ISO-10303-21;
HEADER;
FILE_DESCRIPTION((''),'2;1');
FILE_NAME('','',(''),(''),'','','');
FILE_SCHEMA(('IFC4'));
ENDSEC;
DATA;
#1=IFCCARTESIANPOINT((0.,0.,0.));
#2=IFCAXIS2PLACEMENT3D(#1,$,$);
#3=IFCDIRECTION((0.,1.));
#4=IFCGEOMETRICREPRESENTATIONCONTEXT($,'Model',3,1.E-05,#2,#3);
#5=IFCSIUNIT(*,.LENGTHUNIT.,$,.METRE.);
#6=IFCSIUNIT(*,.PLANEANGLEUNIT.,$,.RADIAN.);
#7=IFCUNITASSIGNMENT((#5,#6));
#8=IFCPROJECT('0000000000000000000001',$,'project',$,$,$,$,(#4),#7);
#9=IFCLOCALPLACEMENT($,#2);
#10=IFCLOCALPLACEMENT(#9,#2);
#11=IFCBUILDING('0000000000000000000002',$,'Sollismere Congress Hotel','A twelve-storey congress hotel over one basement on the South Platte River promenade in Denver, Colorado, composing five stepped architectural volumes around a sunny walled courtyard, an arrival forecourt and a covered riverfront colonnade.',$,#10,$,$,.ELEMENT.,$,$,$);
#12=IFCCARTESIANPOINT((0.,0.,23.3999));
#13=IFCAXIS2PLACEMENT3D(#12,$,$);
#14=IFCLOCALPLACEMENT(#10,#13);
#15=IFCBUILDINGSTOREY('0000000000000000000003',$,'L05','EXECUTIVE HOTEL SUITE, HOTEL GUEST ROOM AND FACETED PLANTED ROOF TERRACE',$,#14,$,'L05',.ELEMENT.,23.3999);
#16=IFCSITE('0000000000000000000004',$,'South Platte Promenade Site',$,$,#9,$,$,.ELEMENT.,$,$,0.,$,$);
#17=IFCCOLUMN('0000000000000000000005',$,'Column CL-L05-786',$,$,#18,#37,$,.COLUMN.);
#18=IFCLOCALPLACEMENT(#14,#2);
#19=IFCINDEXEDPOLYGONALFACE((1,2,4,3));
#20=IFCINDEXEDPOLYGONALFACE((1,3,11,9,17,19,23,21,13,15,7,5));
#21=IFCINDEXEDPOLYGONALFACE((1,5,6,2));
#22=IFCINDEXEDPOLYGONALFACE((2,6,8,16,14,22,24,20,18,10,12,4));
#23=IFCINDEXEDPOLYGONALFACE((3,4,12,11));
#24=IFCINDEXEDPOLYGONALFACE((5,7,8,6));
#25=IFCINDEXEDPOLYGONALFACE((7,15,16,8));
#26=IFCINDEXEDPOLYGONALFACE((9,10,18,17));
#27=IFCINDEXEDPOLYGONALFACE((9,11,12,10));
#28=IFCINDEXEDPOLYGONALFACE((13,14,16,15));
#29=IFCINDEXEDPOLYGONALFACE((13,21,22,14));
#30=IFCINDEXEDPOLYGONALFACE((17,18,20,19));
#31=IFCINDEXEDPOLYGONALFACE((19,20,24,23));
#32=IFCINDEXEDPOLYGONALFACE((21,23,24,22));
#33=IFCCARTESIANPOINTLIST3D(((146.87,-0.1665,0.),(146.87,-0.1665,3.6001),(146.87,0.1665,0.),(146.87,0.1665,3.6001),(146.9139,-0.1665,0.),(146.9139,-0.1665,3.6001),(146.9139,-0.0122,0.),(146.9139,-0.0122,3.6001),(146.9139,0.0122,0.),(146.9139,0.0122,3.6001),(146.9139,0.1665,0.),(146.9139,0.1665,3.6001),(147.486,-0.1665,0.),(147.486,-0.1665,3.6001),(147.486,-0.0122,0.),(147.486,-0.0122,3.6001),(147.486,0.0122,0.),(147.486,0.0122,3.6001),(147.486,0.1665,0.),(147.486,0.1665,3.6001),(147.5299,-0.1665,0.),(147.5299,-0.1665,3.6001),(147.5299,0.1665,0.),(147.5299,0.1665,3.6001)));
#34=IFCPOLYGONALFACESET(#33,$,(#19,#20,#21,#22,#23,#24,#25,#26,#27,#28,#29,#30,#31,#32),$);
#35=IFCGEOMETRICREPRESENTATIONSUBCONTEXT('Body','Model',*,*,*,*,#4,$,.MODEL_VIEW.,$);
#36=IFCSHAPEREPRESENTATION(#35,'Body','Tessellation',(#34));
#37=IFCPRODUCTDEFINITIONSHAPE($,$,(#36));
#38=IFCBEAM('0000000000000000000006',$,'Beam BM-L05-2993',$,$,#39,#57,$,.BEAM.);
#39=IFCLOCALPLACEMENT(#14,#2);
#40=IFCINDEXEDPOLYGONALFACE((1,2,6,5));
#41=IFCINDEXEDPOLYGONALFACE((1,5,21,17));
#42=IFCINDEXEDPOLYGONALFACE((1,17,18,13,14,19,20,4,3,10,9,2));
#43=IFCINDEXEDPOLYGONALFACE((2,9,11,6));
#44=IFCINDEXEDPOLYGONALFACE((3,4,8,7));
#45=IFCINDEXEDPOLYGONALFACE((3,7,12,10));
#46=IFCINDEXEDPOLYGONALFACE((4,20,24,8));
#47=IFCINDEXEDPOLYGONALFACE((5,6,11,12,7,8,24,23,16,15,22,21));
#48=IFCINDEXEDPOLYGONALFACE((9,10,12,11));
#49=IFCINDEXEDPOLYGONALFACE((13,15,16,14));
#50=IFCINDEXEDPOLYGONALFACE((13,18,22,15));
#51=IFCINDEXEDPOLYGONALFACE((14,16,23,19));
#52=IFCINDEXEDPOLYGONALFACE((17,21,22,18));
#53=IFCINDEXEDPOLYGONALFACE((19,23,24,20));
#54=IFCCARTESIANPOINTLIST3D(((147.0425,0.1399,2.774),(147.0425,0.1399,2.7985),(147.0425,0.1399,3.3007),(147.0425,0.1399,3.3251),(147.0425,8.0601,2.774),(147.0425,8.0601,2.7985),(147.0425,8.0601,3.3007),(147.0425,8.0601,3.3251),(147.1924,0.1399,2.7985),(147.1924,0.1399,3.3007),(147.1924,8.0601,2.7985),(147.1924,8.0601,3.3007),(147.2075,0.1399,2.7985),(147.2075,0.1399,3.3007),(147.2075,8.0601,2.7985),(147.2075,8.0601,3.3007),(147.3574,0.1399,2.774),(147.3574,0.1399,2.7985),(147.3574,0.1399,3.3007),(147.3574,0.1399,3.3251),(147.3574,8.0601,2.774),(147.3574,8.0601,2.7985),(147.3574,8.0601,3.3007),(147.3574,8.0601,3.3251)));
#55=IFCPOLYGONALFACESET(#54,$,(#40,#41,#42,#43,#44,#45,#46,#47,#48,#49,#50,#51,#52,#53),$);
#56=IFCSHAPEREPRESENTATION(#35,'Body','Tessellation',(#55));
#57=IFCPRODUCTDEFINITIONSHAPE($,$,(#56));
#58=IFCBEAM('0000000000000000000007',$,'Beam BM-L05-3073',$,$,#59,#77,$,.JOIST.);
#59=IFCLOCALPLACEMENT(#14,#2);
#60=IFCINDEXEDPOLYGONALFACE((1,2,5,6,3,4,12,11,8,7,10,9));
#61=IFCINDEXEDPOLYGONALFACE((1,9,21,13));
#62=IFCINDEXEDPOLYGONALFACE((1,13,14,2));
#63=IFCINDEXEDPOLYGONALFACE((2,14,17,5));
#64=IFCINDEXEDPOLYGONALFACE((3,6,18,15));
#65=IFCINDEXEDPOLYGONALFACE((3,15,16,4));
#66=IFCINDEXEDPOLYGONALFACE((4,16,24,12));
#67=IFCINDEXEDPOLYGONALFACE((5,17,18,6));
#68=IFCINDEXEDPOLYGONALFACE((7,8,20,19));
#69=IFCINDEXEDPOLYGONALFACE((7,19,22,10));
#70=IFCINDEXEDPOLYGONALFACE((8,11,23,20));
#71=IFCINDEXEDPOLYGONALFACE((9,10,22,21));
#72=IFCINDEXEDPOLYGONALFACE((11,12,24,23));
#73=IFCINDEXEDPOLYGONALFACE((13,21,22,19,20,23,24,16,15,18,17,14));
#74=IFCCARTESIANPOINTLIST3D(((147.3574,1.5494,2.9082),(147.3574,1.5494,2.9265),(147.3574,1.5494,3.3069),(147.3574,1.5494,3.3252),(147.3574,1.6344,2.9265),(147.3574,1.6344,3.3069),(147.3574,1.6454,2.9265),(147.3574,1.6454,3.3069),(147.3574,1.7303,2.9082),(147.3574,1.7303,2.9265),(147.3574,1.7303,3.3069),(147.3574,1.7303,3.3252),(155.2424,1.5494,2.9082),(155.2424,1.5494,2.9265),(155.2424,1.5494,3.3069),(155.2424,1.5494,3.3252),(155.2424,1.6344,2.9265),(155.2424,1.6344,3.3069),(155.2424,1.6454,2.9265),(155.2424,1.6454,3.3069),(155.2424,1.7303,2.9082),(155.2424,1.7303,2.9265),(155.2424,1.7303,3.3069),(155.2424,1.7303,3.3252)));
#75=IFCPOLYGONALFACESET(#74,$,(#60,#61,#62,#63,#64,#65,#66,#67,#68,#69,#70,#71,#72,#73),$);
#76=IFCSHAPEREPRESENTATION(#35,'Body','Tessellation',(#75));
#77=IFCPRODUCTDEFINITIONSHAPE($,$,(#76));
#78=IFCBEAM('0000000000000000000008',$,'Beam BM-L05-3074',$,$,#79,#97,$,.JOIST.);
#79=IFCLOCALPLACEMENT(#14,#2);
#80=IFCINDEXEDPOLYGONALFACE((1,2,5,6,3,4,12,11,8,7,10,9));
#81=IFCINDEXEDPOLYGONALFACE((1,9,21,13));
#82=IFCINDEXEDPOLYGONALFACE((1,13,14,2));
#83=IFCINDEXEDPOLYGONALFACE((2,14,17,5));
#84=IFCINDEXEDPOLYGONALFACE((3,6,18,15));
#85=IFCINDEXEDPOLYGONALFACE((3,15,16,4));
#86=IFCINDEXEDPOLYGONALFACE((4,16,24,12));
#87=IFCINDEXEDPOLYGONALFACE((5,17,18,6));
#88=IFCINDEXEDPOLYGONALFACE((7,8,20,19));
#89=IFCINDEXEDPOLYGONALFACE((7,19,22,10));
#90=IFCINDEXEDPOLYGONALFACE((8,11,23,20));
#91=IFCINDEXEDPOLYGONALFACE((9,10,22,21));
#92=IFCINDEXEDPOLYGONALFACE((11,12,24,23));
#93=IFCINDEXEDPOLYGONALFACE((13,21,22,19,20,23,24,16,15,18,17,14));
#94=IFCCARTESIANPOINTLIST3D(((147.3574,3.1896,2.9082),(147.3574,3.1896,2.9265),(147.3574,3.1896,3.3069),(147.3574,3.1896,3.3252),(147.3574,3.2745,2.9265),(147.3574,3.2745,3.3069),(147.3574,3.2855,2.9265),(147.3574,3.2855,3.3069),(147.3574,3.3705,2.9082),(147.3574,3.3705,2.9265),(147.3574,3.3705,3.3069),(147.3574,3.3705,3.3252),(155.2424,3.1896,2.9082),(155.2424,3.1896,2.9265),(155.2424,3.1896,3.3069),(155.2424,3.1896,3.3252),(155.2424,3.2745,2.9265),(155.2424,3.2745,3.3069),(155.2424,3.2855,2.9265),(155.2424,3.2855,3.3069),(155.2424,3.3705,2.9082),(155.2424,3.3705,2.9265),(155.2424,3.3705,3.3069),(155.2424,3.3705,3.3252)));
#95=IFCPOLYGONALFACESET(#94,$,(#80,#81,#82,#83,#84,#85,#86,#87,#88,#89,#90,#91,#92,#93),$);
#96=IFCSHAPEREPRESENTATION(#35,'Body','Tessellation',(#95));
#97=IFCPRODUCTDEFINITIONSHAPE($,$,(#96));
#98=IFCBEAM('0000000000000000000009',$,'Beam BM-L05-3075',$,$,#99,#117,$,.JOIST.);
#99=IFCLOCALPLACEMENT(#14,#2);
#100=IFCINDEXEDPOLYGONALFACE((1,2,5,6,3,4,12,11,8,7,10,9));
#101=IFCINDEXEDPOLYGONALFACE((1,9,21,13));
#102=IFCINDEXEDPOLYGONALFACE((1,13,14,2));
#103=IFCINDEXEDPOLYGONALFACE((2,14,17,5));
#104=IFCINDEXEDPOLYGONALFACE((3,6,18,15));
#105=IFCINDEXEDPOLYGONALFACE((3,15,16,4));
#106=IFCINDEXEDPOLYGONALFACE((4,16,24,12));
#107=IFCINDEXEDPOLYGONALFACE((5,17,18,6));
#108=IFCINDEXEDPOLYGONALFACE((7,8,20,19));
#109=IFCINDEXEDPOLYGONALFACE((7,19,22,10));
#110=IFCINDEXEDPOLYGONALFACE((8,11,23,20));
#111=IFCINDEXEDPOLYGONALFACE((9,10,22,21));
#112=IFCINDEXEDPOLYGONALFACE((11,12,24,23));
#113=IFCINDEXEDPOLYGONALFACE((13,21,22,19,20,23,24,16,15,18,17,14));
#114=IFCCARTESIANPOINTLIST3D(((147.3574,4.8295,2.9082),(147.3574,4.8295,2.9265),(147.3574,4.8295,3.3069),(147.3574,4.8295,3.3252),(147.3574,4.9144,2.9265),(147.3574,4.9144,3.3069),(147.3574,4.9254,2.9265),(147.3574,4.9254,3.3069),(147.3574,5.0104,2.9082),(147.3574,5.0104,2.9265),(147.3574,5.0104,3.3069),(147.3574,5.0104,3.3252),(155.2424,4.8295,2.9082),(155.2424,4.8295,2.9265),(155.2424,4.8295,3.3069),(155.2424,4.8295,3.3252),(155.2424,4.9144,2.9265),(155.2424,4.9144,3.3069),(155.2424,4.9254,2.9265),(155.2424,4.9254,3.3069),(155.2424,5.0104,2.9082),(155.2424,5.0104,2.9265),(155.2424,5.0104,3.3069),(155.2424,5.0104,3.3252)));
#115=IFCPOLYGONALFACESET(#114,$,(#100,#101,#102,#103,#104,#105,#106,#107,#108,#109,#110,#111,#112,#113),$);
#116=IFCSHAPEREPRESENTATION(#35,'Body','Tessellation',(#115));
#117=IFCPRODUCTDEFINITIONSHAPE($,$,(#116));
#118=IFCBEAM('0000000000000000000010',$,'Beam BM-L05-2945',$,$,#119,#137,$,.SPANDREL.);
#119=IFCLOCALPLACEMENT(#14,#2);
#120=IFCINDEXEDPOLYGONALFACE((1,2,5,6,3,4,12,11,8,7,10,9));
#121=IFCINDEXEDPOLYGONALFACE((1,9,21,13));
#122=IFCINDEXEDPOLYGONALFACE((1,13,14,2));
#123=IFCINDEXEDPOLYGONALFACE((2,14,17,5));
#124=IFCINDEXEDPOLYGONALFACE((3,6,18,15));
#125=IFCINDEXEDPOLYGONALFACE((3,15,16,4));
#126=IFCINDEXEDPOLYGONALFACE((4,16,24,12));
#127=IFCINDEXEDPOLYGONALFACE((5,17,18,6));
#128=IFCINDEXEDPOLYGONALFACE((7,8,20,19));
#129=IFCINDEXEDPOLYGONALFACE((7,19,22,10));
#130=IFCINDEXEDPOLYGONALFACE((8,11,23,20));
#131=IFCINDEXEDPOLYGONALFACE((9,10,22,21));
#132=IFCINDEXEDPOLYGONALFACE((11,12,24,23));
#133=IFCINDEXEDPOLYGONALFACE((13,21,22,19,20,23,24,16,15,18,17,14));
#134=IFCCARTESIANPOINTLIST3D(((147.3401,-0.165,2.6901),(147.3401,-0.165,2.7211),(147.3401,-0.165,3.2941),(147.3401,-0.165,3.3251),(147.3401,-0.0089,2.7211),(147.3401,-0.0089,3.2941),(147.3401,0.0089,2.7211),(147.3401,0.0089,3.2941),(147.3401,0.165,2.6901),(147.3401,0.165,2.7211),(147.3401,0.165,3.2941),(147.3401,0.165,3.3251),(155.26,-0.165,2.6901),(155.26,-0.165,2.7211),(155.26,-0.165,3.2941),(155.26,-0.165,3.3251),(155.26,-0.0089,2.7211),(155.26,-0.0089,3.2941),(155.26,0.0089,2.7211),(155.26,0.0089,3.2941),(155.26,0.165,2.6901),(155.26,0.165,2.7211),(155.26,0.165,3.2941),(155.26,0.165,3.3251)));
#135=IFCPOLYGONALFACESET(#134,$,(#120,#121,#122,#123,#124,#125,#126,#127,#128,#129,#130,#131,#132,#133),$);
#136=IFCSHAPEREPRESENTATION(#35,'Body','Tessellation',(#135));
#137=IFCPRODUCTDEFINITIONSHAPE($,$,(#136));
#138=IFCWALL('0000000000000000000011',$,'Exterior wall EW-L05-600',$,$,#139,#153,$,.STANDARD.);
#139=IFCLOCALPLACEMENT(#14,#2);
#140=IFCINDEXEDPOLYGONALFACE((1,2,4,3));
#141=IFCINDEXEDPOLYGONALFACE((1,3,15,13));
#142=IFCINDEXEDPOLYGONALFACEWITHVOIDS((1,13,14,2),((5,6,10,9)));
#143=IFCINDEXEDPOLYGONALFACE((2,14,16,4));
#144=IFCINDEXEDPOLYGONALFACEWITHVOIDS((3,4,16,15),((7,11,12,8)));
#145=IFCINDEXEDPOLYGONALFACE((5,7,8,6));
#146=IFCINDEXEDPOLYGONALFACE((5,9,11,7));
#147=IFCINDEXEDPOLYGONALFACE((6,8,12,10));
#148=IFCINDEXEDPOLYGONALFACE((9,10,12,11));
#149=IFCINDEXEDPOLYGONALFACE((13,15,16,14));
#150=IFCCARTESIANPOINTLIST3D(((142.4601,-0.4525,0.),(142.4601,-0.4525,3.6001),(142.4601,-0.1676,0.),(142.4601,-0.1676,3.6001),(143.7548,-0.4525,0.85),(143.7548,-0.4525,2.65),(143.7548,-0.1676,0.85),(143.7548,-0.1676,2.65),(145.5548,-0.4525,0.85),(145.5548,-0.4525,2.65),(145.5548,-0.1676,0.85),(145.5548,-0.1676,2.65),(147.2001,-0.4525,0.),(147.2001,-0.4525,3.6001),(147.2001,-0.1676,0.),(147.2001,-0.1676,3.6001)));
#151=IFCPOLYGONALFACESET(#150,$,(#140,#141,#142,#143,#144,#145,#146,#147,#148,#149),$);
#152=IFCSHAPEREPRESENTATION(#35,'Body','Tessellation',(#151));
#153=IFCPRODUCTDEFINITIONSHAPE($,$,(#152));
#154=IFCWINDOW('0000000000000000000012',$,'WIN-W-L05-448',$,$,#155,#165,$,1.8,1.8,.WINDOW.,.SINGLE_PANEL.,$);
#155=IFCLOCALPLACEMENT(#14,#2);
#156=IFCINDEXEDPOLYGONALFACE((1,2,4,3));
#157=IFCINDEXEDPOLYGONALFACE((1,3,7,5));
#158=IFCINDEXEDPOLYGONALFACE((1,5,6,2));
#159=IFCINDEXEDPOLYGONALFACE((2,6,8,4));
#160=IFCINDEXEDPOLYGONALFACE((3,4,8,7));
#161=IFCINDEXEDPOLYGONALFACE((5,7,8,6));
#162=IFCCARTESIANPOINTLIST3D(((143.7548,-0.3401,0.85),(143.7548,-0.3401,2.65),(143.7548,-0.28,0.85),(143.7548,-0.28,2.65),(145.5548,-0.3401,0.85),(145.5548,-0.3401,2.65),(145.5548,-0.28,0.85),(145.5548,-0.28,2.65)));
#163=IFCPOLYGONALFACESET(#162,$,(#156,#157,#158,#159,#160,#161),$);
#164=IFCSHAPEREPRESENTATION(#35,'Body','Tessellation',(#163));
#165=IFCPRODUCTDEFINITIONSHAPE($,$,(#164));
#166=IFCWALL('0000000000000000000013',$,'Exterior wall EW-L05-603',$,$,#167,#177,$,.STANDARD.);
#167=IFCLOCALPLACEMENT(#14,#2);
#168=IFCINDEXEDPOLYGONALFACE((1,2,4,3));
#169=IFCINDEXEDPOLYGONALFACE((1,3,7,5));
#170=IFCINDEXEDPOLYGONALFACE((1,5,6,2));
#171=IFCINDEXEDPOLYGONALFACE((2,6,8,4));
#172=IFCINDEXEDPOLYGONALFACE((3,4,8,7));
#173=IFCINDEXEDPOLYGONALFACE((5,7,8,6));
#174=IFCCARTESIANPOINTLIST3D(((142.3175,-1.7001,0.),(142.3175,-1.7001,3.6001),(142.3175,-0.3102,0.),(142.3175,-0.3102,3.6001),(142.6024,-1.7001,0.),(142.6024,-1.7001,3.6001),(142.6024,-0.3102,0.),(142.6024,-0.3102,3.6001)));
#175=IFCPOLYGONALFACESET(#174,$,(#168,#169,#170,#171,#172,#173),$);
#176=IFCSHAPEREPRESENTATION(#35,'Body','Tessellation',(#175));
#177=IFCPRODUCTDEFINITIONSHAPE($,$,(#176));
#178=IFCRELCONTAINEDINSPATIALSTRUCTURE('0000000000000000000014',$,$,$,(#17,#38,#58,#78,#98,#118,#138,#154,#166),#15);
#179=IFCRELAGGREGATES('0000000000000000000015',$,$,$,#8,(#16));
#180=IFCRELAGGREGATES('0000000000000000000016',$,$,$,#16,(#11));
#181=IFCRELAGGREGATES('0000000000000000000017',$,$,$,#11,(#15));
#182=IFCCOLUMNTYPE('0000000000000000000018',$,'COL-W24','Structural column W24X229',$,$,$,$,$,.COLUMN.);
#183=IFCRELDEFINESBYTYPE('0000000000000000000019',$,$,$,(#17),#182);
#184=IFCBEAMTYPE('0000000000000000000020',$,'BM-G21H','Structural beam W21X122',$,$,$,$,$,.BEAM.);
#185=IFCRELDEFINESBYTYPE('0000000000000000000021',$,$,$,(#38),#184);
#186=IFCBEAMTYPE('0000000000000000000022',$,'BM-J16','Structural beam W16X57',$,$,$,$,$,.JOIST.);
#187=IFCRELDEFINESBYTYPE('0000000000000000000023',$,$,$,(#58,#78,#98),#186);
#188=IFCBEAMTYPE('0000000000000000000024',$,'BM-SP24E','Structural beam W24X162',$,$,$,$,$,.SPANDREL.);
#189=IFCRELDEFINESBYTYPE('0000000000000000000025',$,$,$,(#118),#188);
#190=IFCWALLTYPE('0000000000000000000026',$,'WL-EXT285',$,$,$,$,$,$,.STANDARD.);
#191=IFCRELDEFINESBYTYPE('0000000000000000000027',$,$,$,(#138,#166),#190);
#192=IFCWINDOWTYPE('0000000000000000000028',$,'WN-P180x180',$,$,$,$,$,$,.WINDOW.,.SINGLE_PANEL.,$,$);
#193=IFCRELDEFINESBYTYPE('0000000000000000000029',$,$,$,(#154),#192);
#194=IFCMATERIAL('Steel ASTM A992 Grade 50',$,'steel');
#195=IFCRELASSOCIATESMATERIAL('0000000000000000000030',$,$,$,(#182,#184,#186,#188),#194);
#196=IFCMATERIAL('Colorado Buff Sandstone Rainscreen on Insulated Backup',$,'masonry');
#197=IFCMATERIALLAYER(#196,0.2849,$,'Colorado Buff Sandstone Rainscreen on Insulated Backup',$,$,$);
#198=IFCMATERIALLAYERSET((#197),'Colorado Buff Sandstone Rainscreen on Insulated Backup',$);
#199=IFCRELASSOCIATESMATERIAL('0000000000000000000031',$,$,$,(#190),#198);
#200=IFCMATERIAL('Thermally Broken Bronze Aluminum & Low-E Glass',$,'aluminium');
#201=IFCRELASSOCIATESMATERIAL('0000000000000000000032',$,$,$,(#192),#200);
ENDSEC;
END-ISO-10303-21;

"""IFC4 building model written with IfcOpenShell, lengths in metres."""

from ifc_helpers import new_model, si_unit, direction, frame, frame_2d, origin, origin_2d, place, context, subcontext, project, spatial, rectangle, i_section, extrude, material, layer, layer_set, material_profile, profile_set, type_object, element, fill, save


model = new_model("IFC4")

# Units and contexts
model_context = context("Model", 3, precision=1e-05, world=origin(), true_north=direction((0.0, 1.0)))
body_context = subcontext(model_context, "Body", "Model", "MODEL_VIEW")
ifc_project = project(units=[si_unit("LENGTHUNIT", "METRE"), si_unit("PLANEANGLEUNIT", "RADIAN")], contexts=[model_context])

# Site, building, storey
site_placement = place(None, origin())
site = spatial("IfcSite", under=ifc_project, at=site_placement, Name="South Platte Promenade Site", CompositionType="ELEMENT", RefElevation=0.0)
building_placement = place(site_placement, origin())
building = spatial("IfcBuilding", under=site, at=building_placement, Name="Sollismere Congress Hotel", Description="A twelve-storey congress hotel over one basement on the South Platte River promenade in Denver, Colorado, composing five stepped architectural volumes around a sunny walled courtyard, an arrival forecourt and a covered riverfront colonnade.", CompositionType="ELEMENT")
storey_placement = place(building_placement, frame((0.0, 0.0, 23.3999)))
storey = spatial("IfcBuildingStorey", under=building, at=storey_placement, Name="L05", Description="EXECUTIVE HOTEL SUITE, HOTEL GUEST ROOM AND FACETED PLANTED ROOF TERRACE", LongName="L05", CompositionType="ELEMENT", Elevation=23.3999)

# Column
ifc_material_1 = material(Name="Steel ASTM A992 Grade 50", Category="steel")
ifc_material_profile_1 = material_profile(ifc_material_1, i_section(OverallWidth=0.333, OverallDepth=0.6599, WebThickness=0.0244, FlangeThickness=0.0439, at=origin_2d()), Name="W24X229")
ifc_profile_set_1 = profile_set([ifc_material_profile_1], Name="Steel ASTM A992 Grade 50")
column_type = type_object("IfcColumnType", Name="COL-W24", Description="Structural column W24X229", PredefinedType="COLUMN", material=ifc_profile_set_1)
column_placement = place(storey_placement, frame((147.2, 0.0, 0.0), z_axis=(0.0, 0.0, 1.0), x_axis=(0.0, 1.0, 0.0)))
element("IfcColumn", 1, at=column_placement, inside=storey, type_object=column_type, Name="Column CL-L05-786", PredefinedType="COLUMN", context=body_context, shape_type="SweptSolid", body=[
    extrude(i_section(OverallWidth=0.333, OverallDepth=0.6599, WebThickness=0.0244, FlangeThickness=0.0439, at=origin_2d()), origin(), (0.0, 0.0, 1.0), 3.6001),
])

# Beams
ifc_material_profile_2 = material_profile(ifc_material_1, i_section(OverallWidth=0.3149, OverallDepth=0.551, WebThickness=0.0151, FlangeThickness=0.0244, at=origin_2d()), Name="W21X122")
ifc_profile_set_2 = profile_set([ifc_material_profile_2], Name="Steel ASTM A992 Grade 50")
beam_type_1 = type_object("IfcBeamType", Name="BM-G21H", Description="Structural beam W21X122", PredefinedType="BEAM", material=ifc_profile_set_2)
beam_1_placement = place(storey_placement, frame((147.2, 0.1399, 3.0496), z_axis=(0.0, 1.0, 0.0), x_axis=(-1.0, 0.0, 0.0)))
element("IfcBeam", 2, at=beam_1_placement, inside=storey, type_object=beam_type_1, Name="Beam BM-L05-2993", PredefinedType="BEAM", context=body_context, shape_type="SweptSolid", body=[
    extrude(i_section(OverallWidth=0.3149, OverallDepth=0.551, WebThickness=0.0151, FlangeThickness=0.0244, at=origin_2d()), origin(), (0.0, 0.0, 1.0), 7.9202),
])
ifc_material_profile_3 = material_profile(ifc_material_1, i_section(OverallWidth=0.1809, OverallDepth=0.417, WebThickness=0.011, FlangeThickness=0.0183, at=origin_2d()), Name="W16X57")
ifc_profile_set_3 = profile_set([ifc_material_profile_3], Name="Steel ASTM A992 Grade 50")
beam_type_2 = type_object("IfcBeamType", Name="BM-J16", Description="Structural beam W16X57", PredefinedType="JOIST", material=ifc_profile_set_3)
for number, where, z_axis, x_axis, name in (
    (3, (147.3574, 1.6399, 3.1167), (1.0, 0.0, 0.0), (0.0, 1.0, 0.0), "Beam BM-L05-3073"),
    (4, (147.3574, 3.28, 3.1167), (1.0, 0.0, 0.0), (0.0, 1.0, 0.0), "Beam BM-L05-3074"),
    (5, (147.3574, 4.9199, 3.1167), (1.0, 0.0, 0.0), (0.0, 1.0, 0.0), "Beam BM-L05-3075"),
):
    element("IfcBeam", number, at=place(storey_placement, frame(where, z_axis=z_axis, x_axis=x_axis)), inside=storey, type_object=beam_type_2, Name=name, PredefinedType="JOIST", context=body_context, shape_type="SweptSolid", body=[
        extrude(i_section(OverallWidth=0.1809, OverallDepth=0.417, WebThickness=0.011, FlangeThickness=0.0183, at=origin_2d()), origin(), (0.0, 0.0, 1.0), 7.885),
    ])
ifc_material_profile_4 = material_profile(ifc_material_1, i_section(OverallWidth=0.3301, OverallDepth=0.635, WebThickness=0.0178, FlangeThickness=0.031, at=origin_2d()), Name="W24X162")
ifc_profile_set_4 = profile_set([ifc_material_profile_4], Name="Steel ASTM A992 Grade 50")
beam_type_3 = type_object("IfcBeamType", Name="BM-SP24E", Description="Structural beam W24X162", PredefinedType="SPANDREL", material=ifc_profile_set_4)
beam_2_placement = place(storey_placement, frame((147.3401, 0.0, 3.0076), z_axis=(1.0, 0.0, 0.0), x_axis=(0.0, 1.0, 0.0)))
element("IfcBeam", 6, at=beam_2_placement, inside=storey, type_object=beam_type_3, Name="Beam BM-L05-2945", PredefinedType="SPANDREL", context=body_context, shape_type="SweptSolid", body=[
    extrude(i_section(OverallWidth=0.3301, OverallDepth=0.635, WebThickness=0.0178, FlangeThickness=0.031, at=origin_2d()), origin(), (0.0, 0.0, 1.0), 7.9199),
])

# Wall, opening, window
ifc_material_2 = material(Name="Colorado Buff Sandstone Rainscreen on Insulated Backup", Category="masonry")
ifc_layer_1 = layer(ifc_material_2, 0.2849, Name="Colorado Buff Sandstone Rainscreen on Insulated Backup")
ifc_layer_set_1 = layer_set([ifc_layer_1], Name="Colorado Buff Sandstone Rainscreen on Insulated Backup")
wall_type_1 = type_object("IfcWallType", Name="WL-EXT285", PredefinedType="STANDARD", material=ifc_layer_set_1)
wall_1_placement = place(storey_placement, frame((142.46, -0.3101, 0.0), z_axis=(0.0, 0.0, 1.0), x_axis=(1.0, 0.0, 0.0)))
wall_1 = element("IfcWall", 7, at=wall_1_placement, inside=storey, type_object=wall_type_1, Name="Exterior wall EW-L05-600", PredefinedType="STANDARD", context=body_context, shape_type="SweptSolid", body=[
    extrude(rectangle(XDim=4.74, YDim=0.2849, at=frame_2d((2.3701, 0.0))), origin(), (0.0, 0.0, 1.0), 3.6001),
])
opening_1_placement = place(wall_1_placement, frame((1.2949, 0.0, 0.8501)))
opening_1 = element("IfcOpeningElement", 8, at=opening_1_placement, cuts=wall_1, PredefinedType="OPENING", context=body_context, shape_type="SweptSolid", body=[
    extrude(rectangle(XDim=1.8, YDim=1.8, at=frame_2d((0.8999, 0.8999))), frame((0.0, 0.1523, 0.0), z_axis=(0.0, -1.0, 0.0), x_axis=(1.0, 0.0, 0.0)), (0.0, 0.0, 1.0), 0.3049),
])
ifc_material_3 = material(Name="Thermally Broken Bronze Aluminum & Low-E Glass", Category="aluminium")
window_type_1 = type_object("IfcWindowType", Name="WN-P180x180", PartitioningType="SINGLE_PANEL", PredefinedType="WINDOW", material=ifc_material_3)
window_1_placement = place(opening_1_placement, origin())
window_1 = element("IfcWindow", 9, at=window_1_placement, inside=storey, type_object=window_type_1, Name="WIN-W-L05-448", OverallHeight=1.8, OverallWidth=1.8, PartitioningType="SINGLE_PANEL", PredefinedType="WINDOW", context=body_context, shape_type="SweptSolid", body=[
    extrude(rectangle(XDim=1.8, YDim=1.8, at=frame_2d((0.8999, 0.8999))), frame((0.0, 0.03, 0.0), z_axis=(0.0, -1.0, 0.0), x_axis=(1.0, 0.0, 0.0)), (0.0, 0.0, 1.0), 0.0601),
])
fill(opening_1, window_1)

# Wall
wall_2_placement = place(storey_placement, frame((142.46, -1.7, 0.0), z_axis=(0.0, 0.0, 1.0), x_axis=(0.0, 1.0, 0.0)))
element("IfcWall", 10, at=wall_2_placement, inside=storey, type_object=wall_type_1, Name="Exterior wall EW-L05-603", PredefinedType="STANDARD", context=body_context, shape_type="SweptSolid", body=[
    extrude(rectangle(XDim=1.3899, YDim=0.2849, at=frame_2d((0.6948, 0.0))), origin(), (0.0, 0.0, 1.0), 3.6001),
])

save(model, "model.ifc")
